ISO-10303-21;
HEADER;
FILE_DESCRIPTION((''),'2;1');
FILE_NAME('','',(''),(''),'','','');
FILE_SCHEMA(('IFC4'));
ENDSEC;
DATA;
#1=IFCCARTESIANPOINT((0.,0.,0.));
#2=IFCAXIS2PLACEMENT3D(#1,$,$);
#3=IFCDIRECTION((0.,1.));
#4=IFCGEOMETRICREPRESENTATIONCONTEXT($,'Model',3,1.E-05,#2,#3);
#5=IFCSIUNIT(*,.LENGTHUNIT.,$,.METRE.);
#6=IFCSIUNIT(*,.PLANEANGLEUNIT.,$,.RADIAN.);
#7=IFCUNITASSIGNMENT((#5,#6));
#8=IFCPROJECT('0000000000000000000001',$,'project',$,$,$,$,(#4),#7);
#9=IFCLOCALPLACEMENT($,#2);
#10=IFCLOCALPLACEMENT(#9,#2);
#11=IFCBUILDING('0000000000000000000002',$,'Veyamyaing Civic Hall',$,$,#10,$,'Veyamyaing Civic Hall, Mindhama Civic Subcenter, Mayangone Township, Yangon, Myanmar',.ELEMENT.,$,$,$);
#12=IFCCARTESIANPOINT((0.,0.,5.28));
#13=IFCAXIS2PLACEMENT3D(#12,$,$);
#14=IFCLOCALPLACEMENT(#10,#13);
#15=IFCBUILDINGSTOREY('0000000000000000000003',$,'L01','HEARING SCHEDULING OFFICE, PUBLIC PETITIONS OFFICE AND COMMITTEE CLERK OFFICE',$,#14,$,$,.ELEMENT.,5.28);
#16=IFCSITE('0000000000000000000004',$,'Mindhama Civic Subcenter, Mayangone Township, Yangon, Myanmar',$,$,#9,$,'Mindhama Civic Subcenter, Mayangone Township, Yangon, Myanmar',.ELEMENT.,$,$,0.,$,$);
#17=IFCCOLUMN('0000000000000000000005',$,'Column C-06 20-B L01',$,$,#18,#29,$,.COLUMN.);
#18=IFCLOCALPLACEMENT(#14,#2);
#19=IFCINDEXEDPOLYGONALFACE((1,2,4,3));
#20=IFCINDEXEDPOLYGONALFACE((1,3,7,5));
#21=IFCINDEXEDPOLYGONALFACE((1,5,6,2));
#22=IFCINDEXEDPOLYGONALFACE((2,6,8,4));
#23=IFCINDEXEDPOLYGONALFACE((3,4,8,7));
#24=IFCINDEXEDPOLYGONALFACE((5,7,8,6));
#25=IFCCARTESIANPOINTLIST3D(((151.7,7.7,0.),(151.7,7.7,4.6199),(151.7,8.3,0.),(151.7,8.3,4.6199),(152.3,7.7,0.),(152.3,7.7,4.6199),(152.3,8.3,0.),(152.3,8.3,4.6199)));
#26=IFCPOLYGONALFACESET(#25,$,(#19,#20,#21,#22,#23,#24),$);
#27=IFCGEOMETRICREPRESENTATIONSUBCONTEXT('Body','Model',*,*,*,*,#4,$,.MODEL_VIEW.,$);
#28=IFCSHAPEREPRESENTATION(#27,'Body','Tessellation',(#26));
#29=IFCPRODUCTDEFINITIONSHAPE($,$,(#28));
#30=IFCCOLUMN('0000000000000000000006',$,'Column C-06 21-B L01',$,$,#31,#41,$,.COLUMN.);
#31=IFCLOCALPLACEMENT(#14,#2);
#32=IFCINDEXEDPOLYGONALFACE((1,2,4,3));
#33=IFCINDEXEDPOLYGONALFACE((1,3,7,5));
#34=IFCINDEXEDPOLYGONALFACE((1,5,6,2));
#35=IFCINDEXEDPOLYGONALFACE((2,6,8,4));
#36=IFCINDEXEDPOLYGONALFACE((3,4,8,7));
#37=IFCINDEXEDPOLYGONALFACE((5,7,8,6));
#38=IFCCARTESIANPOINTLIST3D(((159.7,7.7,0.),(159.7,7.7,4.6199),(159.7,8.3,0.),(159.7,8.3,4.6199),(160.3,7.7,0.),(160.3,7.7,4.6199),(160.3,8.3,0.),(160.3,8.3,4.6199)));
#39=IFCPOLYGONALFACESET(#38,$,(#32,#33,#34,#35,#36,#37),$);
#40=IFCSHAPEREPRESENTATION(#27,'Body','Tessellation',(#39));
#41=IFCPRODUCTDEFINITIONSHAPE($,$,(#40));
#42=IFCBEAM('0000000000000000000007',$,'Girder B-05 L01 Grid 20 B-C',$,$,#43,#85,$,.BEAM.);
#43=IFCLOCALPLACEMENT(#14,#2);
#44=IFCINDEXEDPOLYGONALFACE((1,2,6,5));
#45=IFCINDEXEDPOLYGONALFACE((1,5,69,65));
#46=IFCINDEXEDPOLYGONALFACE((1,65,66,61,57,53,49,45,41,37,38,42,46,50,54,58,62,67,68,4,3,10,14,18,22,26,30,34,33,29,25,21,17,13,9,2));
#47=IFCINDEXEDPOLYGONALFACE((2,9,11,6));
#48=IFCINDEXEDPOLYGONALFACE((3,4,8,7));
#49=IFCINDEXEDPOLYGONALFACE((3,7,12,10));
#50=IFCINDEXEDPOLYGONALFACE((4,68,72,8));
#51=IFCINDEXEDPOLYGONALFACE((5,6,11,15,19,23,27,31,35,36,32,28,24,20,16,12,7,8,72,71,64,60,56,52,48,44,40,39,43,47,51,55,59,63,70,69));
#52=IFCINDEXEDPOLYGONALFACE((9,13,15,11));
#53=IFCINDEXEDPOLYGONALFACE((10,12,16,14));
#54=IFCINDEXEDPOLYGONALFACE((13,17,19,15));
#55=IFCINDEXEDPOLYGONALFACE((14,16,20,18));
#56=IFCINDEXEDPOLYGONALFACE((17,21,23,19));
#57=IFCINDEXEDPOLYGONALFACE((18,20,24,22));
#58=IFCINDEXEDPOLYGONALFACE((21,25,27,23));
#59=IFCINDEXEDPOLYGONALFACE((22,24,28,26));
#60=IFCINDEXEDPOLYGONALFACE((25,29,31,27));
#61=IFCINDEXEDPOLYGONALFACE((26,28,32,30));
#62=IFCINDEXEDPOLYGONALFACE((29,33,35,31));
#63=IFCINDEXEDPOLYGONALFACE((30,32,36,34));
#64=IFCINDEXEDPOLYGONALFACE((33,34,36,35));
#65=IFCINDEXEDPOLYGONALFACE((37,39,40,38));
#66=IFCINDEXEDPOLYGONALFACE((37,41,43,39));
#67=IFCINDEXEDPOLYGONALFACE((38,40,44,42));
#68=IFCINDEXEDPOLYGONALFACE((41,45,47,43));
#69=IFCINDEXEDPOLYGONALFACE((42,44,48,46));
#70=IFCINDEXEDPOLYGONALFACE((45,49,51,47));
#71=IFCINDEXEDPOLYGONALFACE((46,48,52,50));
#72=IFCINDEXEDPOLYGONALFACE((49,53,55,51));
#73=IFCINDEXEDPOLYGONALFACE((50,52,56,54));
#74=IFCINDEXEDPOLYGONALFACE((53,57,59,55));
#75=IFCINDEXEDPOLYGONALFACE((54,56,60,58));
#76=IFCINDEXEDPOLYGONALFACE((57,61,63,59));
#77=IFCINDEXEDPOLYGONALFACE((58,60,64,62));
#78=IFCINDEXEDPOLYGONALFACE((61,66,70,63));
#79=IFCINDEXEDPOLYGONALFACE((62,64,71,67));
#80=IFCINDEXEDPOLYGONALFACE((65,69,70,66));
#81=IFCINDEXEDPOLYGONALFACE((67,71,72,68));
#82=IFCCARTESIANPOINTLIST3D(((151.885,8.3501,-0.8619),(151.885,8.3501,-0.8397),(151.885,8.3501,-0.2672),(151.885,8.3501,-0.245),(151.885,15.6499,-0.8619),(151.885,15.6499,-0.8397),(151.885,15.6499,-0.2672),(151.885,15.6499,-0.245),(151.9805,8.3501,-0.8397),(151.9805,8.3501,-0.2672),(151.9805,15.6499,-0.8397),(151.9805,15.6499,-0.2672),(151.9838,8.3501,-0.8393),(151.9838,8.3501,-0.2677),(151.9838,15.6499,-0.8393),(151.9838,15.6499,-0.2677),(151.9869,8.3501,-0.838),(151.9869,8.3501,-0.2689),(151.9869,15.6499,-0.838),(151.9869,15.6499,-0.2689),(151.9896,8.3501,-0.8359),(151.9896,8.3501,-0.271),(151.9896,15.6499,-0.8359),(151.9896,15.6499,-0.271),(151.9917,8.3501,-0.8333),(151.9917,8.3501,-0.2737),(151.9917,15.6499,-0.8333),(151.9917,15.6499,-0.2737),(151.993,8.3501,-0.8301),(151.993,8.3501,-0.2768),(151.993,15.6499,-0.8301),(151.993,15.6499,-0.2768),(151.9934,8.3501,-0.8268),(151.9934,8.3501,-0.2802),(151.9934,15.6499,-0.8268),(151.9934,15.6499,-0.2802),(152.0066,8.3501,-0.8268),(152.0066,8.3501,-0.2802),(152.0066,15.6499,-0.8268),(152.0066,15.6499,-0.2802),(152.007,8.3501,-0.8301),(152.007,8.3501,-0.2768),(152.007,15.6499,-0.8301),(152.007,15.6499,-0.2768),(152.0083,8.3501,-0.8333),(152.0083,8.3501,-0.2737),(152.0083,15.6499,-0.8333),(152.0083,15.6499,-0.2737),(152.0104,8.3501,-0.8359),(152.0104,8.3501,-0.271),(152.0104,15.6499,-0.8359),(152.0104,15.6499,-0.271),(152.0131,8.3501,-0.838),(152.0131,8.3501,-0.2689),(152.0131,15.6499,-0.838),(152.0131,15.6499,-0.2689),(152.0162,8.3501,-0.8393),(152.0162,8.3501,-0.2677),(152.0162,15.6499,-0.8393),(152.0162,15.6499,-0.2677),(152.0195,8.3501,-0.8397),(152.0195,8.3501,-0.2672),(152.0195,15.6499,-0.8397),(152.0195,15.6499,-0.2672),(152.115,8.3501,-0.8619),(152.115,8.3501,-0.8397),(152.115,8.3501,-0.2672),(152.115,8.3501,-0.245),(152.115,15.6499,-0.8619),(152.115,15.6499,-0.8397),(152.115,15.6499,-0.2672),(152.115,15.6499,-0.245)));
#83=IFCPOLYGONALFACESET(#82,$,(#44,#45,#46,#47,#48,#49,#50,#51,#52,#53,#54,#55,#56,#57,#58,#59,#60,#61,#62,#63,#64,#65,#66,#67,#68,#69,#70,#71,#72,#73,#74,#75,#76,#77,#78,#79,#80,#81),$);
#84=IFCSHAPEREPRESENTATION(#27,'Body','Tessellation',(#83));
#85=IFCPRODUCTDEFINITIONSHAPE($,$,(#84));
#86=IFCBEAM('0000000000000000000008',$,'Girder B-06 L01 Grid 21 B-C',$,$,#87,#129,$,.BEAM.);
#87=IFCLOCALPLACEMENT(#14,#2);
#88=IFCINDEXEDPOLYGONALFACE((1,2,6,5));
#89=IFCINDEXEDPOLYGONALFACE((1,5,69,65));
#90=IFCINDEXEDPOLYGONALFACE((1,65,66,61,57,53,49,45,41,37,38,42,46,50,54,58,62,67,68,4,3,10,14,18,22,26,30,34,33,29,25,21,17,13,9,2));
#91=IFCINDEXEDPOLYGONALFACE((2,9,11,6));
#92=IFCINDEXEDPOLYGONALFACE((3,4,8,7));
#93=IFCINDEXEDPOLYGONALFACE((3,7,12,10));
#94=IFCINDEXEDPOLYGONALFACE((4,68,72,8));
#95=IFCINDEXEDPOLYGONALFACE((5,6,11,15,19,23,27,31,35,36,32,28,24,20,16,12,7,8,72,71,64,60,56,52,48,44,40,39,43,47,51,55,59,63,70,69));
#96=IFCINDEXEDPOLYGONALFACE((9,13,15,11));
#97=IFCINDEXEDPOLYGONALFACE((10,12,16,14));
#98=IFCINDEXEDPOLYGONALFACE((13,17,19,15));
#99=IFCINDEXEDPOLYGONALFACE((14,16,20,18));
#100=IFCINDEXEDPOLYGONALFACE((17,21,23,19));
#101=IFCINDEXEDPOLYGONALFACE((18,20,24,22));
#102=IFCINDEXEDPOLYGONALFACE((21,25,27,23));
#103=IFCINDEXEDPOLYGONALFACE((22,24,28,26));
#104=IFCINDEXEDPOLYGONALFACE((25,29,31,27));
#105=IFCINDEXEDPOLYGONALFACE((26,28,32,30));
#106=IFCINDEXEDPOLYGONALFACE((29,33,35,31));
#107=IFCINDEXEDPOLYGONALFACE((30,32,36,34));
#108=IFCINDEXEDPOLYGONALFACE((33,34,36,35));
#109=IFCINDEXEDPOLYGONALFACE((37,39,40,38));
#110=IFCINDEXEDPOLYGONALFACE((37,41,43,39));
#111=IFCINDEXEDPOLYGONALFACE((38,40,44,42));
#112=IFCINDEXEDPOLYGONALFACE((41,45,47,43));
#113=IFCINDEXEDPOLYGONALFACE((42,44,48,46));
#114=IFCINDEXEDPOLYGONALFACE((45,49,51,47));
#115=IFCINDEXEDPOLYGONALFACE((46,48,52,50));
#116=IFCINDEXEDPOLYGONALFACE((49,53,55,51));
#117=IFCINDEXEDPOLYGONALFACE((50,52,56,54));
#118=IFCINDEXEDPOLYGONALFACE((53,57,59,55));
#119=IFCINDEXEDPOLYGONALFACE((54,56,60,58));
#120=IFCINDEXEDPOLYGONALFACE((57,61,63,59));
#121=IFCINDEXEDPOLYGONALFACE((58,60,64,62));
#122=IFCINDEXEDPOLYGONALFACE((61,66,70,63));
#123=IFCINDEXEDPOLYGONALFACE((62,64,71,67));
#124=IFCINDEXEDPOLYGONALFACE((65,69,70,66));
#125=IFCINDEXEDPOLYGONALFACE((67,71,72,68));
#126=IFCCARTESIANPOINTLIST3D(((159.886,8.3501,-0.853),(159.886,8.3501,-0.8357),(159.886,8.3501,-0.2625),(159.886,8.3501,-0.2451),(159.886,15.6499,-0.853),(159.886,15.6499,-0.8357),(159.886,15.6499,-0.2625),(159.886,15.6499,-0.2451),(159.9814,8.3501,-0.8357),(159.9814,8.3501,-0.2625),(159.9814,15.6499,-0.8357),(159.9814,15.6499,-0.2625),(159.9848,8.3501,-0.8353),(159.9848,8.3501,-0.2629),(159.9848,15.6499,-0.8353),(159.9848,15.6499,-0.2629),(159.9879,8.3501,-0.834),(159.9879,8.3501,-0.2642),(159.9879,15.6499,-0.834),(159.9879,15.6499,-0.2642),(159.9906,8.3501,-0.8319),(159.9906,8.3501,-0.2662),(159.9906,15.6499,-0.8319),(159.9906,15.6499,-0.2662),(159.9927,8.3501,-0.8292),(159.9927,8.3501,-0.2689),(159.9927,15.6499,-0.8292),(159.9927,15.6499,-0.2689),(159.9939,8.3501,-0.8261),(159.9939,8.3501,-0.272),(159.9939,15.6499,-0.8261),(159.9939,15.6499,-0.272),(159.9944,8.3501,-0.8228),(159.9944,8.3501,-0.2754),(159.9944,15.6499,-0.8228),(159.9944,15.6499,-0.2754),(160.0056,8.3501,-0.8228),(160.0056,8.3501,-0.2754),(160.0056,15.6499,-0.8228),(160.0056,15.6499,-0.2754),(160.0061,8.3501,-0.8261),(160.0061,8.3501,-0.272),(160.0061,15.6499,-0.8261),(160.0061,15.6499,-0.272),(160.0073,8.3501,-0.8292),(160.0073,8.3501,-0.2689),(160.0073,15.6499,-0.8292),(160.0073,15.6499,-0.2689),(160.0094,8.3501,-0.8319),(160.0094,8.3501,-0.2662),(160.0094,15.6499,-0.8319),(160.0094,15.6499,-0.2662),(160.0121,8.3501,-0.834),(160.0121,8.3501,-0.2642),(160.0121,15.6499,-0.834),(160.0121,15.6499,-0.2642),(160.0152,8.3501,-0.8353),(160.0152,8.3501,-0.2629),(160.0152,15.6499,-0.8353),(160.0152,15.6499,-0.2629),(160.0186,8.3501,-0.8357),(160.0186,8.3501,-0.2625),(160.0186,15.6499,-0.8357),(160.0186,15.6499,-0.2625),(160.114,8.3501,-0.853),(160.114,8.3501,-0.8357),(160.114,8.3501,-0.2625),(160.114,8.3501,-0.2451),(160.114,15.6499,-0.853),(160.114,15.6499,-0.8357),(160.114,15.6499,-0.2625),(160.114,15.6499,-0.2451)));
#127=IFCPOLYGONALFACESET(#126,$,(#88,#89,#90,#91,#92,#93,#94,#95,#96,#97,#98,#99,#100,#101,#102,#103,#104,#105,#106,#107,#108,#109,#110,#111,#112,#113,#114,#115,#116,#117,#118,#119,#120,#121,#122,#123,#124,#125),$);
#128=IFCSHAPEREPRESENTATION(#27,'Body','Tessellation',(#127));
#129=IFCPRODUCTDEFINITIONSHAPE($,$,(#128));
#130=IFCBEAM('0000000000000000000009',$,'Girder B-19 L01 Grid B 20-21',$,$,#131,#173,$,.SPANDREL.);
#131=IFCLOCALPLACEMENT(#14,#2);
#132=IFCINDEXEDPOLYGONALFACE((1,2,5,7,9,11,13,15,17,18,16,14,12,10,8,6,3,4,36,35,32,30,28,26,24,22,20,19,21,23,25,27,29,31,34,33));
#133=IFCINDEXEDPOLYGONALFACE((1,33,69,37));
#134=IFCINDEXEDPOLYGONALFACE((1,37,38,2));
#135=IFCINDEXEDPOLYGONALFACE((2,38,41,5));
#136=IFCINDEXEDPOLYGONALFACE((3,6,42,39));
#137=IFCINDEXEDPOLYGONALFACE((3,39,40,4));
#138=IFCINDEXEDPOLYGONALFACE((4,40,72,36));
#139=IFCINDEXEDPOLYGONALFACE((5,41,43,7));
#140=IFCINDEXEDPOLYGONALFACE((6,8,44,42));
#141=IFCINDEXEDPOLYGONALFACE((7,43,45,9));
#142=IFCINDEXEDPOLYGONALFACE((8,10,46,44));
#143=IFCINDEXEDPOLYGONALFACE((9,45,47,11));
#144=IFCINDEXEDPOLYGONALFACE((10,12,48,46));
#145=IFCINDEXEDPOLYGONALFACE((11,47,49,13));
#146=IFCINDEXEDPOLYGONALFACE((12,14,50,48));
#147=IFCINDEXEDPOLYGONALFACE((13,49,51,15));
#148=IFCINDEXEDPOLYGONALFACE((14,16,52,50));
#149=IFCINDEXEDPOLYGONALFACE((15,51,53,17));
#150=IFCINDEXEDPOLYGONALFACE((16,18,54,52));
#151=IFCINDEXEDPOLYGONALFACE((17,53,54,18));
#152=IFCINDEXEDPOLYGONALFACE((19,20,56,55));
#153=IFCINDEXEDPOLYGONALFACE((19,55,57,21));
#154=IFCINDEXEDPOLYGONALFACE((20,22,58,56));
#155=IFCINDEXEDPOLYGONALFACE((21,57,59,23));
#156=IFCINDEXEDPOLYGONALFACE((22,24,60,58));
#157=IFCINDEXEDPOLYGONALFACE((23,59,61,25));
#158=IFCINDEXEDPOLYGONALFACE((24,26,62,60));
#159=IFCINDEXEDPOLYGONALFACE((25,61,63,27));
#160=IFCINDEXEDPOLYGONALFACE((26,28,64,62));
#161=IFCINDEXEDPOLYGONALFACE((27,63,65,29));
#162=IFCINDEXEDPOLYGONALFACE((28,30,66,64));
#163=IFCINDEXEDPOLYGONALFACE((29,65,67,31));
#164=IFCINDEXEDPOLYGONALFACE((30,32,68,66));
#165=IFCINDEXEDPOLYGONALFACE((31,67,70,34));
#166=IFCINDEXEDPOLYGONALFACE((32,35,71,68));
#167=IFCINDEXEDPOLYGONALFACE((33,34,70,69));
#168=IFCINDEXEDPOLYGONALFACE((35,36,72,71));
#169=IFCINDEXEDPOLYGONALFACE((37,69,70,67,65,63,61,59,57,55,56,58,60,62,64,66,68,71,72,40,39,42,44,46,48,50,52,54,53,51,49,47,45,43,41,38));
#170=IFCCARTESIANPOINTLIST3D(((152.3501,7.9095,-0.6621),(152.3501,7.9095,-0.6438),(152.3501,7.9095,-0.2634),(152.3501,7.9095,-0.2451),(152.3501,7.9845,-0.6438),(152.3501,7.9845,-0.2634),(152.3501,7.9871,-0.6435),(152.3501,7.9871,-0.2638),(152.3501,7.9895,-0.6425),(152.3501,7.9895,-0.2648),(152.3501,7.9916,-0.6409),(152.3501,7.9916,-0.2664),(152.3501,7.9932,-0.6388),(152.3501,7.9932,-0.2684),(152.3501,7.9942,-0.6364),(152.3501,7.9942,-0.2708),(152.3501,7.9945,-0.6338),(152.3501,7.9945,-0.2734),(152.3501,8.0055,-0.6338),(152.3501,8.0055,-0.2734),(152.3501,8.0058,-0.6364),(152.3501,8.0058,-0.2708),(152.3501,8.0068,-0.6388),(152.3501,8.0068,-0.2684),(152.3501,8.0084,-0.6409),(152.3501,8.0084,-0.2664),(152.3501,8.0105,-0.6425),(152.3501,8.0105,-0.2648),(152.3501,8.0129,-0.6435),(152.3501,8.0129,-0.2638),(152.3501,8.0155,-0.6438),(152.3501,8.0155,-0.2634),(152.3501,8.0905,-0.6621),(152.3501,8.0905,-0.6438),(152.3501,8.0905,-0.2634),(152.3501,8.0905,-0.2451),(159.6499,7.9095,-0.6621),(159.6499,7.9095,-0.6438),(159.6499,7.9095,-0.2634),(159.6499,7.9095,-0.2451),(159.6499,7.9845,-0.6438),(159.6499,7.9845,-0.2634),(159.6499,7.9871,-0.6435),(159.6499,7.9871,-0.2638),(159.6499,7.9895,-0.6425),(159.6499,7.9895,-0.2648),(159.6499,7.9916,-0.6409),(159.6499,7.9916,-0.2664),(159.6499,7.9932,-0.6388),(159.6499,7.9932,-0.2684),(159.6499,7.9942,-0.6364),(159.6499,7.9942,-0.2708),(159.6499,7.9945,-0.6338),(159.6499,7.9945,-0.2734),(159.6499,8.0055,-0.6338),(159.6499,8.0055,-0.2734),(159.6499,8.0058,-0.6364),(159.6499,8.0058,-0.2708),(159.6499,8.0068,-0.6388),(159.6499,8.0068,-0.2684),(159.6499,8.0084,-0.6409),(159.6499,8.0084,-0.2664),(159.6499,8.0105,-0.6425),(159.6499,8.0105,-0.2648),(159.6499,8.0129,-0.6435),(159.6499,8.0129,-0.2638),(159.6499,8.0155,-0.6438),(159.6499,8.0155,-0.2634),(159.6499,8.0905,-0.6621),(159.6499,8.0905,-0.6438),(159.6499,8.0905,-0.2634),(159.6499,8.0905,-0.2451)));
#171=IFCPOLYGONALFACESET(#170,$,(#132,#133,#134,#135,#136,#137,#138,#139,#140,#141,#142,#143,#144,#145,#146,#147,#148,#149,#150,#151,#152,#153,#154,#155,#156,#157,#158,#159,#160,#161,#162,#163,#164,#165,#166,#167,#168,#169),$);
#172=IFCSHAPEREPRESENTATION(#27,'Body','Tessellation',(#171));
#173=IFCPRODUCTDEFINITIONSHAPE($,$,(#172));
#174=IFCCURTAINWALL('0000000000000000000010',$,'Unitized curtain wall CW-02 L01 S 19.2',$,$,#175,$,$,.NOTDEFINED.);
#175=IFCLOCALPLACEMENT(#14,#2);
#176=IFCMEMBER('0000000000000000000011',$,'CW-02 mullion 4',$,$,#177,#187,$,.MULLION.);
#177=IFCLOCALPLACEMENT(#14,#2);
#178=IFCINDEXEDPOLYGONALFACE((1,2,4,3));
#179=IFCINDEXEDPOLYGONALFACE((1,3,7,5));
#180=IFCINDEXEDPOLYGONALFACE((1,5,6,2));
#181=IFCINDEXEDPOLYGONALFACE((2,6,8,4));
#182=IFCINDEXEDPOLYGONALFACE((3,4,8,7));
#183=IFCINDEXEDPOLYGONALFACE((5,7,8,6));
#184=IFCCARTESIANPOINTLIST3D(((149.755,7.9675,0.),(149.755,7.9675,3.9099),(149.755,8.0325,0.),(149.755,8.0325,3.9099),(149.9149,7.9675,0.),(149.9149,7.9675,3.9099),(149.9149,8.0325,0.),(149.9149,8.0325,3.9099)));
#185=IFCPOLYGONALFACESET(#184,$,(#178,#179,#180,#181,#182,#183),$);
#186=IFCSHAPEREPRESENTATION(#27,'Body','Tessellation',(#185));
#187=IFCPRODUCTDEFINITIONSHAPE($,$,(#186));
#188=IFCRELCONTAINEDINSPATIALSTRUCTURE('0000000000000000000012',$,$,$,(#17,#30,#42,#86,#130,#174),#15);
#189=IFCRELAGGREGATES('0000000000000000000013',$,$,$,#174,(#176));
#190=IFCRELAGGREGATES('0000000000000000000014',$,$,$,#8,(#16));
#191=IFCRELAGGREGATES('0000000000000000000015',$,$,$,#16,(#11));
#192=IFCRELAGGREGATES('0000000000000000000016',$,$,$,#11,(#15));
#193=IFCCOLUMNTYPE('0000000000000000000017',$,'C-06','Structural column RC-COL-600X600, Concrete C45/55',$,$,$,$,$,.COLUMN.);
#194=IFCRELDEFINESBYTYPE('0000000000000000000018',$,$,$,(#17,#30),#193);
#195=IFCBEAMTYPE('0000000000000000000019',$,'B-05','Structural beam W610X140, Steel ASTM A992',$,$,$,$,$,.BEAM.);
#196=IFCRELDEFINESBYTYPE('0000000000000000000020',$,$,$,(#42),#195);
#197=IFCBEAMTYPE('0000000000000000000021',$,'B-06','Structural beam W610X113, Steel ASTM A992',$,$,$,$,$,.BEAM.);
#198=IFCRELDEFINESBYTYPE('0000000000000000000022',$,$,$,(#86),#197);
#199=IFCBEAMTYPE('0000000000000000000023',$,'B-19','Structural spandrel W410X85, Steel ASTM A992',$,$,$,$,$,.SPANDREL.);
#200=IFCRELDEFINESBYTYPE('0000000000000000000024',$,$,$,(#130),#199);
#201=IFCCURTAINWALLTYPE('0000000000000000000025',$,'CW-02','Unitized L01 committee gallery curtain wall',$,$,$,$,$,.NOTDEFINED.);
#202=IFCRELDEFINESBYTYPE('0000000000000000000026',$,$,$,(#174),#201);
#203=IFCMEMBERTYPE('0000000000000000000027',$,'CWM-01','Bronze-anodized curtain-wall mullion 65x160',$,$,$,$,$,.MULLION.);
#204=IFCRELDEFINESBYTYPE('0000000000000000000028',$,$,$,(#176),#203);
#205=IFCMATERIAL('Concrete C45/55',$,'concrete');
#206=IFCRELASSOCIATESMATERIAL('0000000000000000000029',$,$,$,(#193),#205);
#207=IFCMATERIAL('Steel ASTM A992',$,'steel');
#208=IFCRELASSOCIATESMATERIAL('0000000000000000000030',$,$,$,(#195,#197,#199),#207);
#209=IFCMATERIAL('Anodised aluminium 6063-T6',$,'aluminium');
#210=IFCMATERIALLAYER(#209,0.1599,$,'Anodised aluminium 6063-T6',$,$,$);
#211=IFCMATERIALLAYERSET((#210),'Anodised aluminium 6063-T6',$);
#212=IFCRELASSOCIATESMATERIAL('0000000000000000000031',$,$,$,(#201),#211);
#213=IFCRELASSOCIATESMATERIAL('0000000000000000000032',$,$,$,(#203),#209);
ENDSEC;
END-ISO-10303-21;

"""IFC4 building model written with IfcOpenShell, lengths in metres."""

from ifc_helpers import new_model, si_unit, direction, frame, origin, origin_2d, place, context, subcontext, project, spatial, rectangle, i_section, extrude, material, layer, layer_set, material_profile, profile_set, type_object, element, aggregate, save


model = new_model("IFC4")

# Units and contexts
model_context = context("Model", 3, precision=1e-05, world=origin(), true_north=direction((0.0, 1.0)))
body_context = subcontext(model_context, "Body", "Model", "MODEL_VIEW")
ifc_project = project(units=[si_unit("LENGTHUNIT", "METRE"), si_unit("PLANEANGLEUNIT", "RADIAN")], contexts=[model_context])

# Site, building, storey
site_placement = place(None, origin())
site = spatial("IfcSite", under=ifc_project, at=site_placement, Name="Mindhama Civic Subcenter, Mayangone Township, Yangon, Myanmar", LongName="Mindhama Civic Subcenter, Mayangone Township, Yangon, Myanmar", CompositionType="ELEMENT", RefElevation=0.0)
building_placement = place(site_placement, origin())
building = spatial("IfcBuilding", under=site, at=building_placement, Name="Veyamyaing Civic Hall", LongName="Veyamyaing Civic Hall, Mindhama Civic Subcenter, Mayangone Township, Yangon, Myanmar", CompositionType="ELEMENT")
storey_placement = place(building_placement, frame((0.0, 0.0, 5.28)))
storey = spatial("IfcBuildingStorey", under=building, at=storey_placement, Name="L01", Description="HEARING SCHEDULING OFFICE, PUBLIC PETITIONS OFFICE AND COMMITTEE CLERK OFFICE", CompositionType="ELEMENT", Elevation=5.28)

# Columns
ifc_material_1 = material(Name="Concrete C45/55", Category="concrete")
ifc_material_profile_1 = material_profile(ifc_material_1, rectangle(XDim=0.6001, YDim=0.6001, at=origin_2d()), Name="RC-COL-600X600")
ifc_profile_set_1 = profile_set([ifc_material_profile_1], Name="Concrete C45/55")
column_type = type_object("IfcColumnType", Name="C-06", Description="Structural column RC-COL-600X600, Concrete C45/55", PredefinedType="COLUMN", material=ifc_profile_set_1)
for number, where, z_axis, x_axis, name in (
    (1, (152.0, 8.0, 0.0), (0.0, 0.0, 1.0), (1.0, 0.0, 0.0), "Column C-06 20-B L01"),
    (2, (160.0, 8.0, 0.0), (0.0, 0.0, 1.0), (1.0, 0.0, 0.0), "Column C-06 21-B L01"),
):
    element("IfcColumn", number, at=place(storey_placement, frame(where, z_axis=z_axis, x_axis=x_axis)), inside=storey, type_object=column_type, Name=name, PredefinedType="COLUMN", context=body_context, shape_type="SweptSolid", body=[
        extrude(rectangle(XDim=0.6001, YDim=0.6001, at=origin_2d()), origin(), (0.0, 0.0, 1.0), 4.6199),
    ])

# Beams
ifc_material_2 = material(Name="Steel ASTM A992", Category="steel")
ifc_material_profile_2 = material_profile(ifc_material_2, i_section(OverallWidth=0.23, OverallDepth=0.6169, WebThickness=0.0132, FlangeThickness=0.0222, FilletRadius=0.0129, at=origin_2d()), Name="W610X140")
ifc_profile_set_2 = profile_set([ifc_material_profile_2], Name="Steel ASTM A992")
beam_type_1 = type_object("IfcBeamType", Name="B-05", Description="Structural beam W610X140, Steel ASTM A992", PredefinedType="BEAM", material=ifc_profile_set_2)
beam_1_placement = place(storey_placement, frame((152.0, 8.3501, -0.5535), z_axis=(0.0, 1.0, 0.0), x_axis=(-1.0, 0.0, 0.0)))
element("IfcBeam", 3, at=beam_1_placement, inside=storey, type_object=beam_type_1, Name="Girder B-05 L01 Grid 20 B-C", PredefinedType="BEAM", context=body_context, shape_type="SweptSolid", body=[
    extrude(i_section(OverallWidth=0.23, OverallDepth=0.6169, WebThickness=0.0132, FlangeThickness=0.0222, FilletRadius=0.0129, at=origin_2d()), origin(), (0.0, 0.0, 1.0), 7.2998),
])
ifc_material_profile_3 = material_profile(ifc_material_2, i_section(OverallWidth=0.228, OverallDepth=0.6079, WebThickness=0.0112, FlangeThickness=0.0173, FilletRadius=0.0129, at=origin_2d()), Name="W610X113")
ifc_profile_set_3 = profile_set([ifc_material_profile_3], Name="Steel ASTM A992")
beam_type_2 = type_object("IfcBeamType", Name="B-06", Description="Structural beam W610X113, Steel ASTM A992", PredefinedType="BEAM", material=ifc_profile_set_3)
beam_2_placement = place(storey_placement, frame((160.0, 8.3501, -0.5491), z_axis=(0.0, 1.0, 0.0), x_axis=(-1.0, 0.0, 0.0)))
element("IfcBeam", 4, at=beam_2_placement, inside=storey, type_object=beam_type_2, Name="Girder B-06 L01 Grid 21 B-C", PredefinedType="BEAM", context=body_context, shape_type="SweptSolid", body=[
    extrude(i_section(OverallWidth=0.228, OverallDepth=0.6079, WebThickness=0.0112, FlangeThickness=0.0173, FilletRadius=0.0129, at=origin_2d()), origin(), (0.0, 0.0, 1.0), 7.2998),
])
ifc_material_profile_4 = material_profile(ifc_material_2, i_section(OverallWidth=0.1809, OverallDepth=0.417, WebThickness=0.011, FlangeThickness=0.0183, FilletRadius=0.01, at=origin_2d()), Name="W410X85")
ifc_profile_set_4 = profile_set([ifc_material_profile_4], Name="Steel ASTM A992")
beam_type_3 = type_object("IfcBeamType", Name="B-19", Description="Structural spandrel W410X85, Steel ASTM A992", PredefinedType="SPANDREL", material=ifc_profile_set_4)
beam_3_placement = place(storey_placement, frame((152.3501, 8.0, -0.4536), z_axis=(1.0, 0.0, 0.0), x_axis=(0.0, 1.0, 0.0)))
element("IfcBeam", 5, at=beam_3_placement, inside=storey, type_object=beam_type_3, Name="Girder B-19 L01 Grid B 20-21", PredefinedType="SPANDREL", context=body_context, shape_type="SweptSolid", body=[
    extrude(i_section(OverallWidth=0.1809, OverallDepth=0.417, WebThickness=0.011, FlangeThickness=0.0183, FilletRadius=0.01, at=origin_2d()), origin(), (0.0, 0.0, 1.0), 7.2998),
])

# Curtain wall, member
ifc_material_3 = material(Name="Anodised aluminium 6063-T6", Category="aluminium")
ifc_layer_1 = layer(ifc_material_3, 0.1599, Name="Anodised aluminium 6063-T6")
ifc_layer_set_1 = layer_set([ifc_layer_1], Name="Anodised aluminium 6063-T6")
curtain_wall_type = type_object("IfcCurtainWallType", Name="CW-02", Description="Unitized L01 committee gallery curtain wall", PredefinedType="NOTDEFINED", material=ifc_layer_set_1)
curtain_wall_placement = place(storey_placement, origin())
curtain_wall = element("IfcCurtainWall", 6, at=curtain_wall_placement, inside=storey, type_object=curtain_wall_type, Name="Unitized curtain wall CW-02 L01 S 19.2", PredefinedType="NOTDEFINED")
ifc_material_profile_5 = material_profile(ifc_material_3, rectangle(XDim=0.0649, YDim=0.1599, at=origin_2d()), Name="ALU-MUL-65X160")
ifc_profile_set_5 = profile_set([ifc_material_profile_5], Name="Anodised aluminium 6063-T6")
member_type_1 = type_object("IfcMemberType", Name="CWM-01", Description="Bronze-anodized curtain-wall mullion 65x160", PredefinedType="MULLION", material=ifc_profile_set_5)
member_1_placement = place(storey_placement, frame((149.835, 8.0, 0.0), z_axis=(0.0, 0.0, 1.0), x_axis=(0.0, 1.0, 0.0)))
member_1 = element("IfcMember", 7, at=member_1_placement, type_object=member_type_1, Name="CW-02 mullion 4", PredefinedType="MULLION", context=body_context, shape_type="SweptSolid", body=[
    extrude(rectangle(XDim=0.0649, YDim=0.1599, at=origin_2d()), origin(), (0.0, 0.0, 1.0), 3.9099),
])

aggregate(curtain_wall, [member_1])

save(model, "model.ifc")
